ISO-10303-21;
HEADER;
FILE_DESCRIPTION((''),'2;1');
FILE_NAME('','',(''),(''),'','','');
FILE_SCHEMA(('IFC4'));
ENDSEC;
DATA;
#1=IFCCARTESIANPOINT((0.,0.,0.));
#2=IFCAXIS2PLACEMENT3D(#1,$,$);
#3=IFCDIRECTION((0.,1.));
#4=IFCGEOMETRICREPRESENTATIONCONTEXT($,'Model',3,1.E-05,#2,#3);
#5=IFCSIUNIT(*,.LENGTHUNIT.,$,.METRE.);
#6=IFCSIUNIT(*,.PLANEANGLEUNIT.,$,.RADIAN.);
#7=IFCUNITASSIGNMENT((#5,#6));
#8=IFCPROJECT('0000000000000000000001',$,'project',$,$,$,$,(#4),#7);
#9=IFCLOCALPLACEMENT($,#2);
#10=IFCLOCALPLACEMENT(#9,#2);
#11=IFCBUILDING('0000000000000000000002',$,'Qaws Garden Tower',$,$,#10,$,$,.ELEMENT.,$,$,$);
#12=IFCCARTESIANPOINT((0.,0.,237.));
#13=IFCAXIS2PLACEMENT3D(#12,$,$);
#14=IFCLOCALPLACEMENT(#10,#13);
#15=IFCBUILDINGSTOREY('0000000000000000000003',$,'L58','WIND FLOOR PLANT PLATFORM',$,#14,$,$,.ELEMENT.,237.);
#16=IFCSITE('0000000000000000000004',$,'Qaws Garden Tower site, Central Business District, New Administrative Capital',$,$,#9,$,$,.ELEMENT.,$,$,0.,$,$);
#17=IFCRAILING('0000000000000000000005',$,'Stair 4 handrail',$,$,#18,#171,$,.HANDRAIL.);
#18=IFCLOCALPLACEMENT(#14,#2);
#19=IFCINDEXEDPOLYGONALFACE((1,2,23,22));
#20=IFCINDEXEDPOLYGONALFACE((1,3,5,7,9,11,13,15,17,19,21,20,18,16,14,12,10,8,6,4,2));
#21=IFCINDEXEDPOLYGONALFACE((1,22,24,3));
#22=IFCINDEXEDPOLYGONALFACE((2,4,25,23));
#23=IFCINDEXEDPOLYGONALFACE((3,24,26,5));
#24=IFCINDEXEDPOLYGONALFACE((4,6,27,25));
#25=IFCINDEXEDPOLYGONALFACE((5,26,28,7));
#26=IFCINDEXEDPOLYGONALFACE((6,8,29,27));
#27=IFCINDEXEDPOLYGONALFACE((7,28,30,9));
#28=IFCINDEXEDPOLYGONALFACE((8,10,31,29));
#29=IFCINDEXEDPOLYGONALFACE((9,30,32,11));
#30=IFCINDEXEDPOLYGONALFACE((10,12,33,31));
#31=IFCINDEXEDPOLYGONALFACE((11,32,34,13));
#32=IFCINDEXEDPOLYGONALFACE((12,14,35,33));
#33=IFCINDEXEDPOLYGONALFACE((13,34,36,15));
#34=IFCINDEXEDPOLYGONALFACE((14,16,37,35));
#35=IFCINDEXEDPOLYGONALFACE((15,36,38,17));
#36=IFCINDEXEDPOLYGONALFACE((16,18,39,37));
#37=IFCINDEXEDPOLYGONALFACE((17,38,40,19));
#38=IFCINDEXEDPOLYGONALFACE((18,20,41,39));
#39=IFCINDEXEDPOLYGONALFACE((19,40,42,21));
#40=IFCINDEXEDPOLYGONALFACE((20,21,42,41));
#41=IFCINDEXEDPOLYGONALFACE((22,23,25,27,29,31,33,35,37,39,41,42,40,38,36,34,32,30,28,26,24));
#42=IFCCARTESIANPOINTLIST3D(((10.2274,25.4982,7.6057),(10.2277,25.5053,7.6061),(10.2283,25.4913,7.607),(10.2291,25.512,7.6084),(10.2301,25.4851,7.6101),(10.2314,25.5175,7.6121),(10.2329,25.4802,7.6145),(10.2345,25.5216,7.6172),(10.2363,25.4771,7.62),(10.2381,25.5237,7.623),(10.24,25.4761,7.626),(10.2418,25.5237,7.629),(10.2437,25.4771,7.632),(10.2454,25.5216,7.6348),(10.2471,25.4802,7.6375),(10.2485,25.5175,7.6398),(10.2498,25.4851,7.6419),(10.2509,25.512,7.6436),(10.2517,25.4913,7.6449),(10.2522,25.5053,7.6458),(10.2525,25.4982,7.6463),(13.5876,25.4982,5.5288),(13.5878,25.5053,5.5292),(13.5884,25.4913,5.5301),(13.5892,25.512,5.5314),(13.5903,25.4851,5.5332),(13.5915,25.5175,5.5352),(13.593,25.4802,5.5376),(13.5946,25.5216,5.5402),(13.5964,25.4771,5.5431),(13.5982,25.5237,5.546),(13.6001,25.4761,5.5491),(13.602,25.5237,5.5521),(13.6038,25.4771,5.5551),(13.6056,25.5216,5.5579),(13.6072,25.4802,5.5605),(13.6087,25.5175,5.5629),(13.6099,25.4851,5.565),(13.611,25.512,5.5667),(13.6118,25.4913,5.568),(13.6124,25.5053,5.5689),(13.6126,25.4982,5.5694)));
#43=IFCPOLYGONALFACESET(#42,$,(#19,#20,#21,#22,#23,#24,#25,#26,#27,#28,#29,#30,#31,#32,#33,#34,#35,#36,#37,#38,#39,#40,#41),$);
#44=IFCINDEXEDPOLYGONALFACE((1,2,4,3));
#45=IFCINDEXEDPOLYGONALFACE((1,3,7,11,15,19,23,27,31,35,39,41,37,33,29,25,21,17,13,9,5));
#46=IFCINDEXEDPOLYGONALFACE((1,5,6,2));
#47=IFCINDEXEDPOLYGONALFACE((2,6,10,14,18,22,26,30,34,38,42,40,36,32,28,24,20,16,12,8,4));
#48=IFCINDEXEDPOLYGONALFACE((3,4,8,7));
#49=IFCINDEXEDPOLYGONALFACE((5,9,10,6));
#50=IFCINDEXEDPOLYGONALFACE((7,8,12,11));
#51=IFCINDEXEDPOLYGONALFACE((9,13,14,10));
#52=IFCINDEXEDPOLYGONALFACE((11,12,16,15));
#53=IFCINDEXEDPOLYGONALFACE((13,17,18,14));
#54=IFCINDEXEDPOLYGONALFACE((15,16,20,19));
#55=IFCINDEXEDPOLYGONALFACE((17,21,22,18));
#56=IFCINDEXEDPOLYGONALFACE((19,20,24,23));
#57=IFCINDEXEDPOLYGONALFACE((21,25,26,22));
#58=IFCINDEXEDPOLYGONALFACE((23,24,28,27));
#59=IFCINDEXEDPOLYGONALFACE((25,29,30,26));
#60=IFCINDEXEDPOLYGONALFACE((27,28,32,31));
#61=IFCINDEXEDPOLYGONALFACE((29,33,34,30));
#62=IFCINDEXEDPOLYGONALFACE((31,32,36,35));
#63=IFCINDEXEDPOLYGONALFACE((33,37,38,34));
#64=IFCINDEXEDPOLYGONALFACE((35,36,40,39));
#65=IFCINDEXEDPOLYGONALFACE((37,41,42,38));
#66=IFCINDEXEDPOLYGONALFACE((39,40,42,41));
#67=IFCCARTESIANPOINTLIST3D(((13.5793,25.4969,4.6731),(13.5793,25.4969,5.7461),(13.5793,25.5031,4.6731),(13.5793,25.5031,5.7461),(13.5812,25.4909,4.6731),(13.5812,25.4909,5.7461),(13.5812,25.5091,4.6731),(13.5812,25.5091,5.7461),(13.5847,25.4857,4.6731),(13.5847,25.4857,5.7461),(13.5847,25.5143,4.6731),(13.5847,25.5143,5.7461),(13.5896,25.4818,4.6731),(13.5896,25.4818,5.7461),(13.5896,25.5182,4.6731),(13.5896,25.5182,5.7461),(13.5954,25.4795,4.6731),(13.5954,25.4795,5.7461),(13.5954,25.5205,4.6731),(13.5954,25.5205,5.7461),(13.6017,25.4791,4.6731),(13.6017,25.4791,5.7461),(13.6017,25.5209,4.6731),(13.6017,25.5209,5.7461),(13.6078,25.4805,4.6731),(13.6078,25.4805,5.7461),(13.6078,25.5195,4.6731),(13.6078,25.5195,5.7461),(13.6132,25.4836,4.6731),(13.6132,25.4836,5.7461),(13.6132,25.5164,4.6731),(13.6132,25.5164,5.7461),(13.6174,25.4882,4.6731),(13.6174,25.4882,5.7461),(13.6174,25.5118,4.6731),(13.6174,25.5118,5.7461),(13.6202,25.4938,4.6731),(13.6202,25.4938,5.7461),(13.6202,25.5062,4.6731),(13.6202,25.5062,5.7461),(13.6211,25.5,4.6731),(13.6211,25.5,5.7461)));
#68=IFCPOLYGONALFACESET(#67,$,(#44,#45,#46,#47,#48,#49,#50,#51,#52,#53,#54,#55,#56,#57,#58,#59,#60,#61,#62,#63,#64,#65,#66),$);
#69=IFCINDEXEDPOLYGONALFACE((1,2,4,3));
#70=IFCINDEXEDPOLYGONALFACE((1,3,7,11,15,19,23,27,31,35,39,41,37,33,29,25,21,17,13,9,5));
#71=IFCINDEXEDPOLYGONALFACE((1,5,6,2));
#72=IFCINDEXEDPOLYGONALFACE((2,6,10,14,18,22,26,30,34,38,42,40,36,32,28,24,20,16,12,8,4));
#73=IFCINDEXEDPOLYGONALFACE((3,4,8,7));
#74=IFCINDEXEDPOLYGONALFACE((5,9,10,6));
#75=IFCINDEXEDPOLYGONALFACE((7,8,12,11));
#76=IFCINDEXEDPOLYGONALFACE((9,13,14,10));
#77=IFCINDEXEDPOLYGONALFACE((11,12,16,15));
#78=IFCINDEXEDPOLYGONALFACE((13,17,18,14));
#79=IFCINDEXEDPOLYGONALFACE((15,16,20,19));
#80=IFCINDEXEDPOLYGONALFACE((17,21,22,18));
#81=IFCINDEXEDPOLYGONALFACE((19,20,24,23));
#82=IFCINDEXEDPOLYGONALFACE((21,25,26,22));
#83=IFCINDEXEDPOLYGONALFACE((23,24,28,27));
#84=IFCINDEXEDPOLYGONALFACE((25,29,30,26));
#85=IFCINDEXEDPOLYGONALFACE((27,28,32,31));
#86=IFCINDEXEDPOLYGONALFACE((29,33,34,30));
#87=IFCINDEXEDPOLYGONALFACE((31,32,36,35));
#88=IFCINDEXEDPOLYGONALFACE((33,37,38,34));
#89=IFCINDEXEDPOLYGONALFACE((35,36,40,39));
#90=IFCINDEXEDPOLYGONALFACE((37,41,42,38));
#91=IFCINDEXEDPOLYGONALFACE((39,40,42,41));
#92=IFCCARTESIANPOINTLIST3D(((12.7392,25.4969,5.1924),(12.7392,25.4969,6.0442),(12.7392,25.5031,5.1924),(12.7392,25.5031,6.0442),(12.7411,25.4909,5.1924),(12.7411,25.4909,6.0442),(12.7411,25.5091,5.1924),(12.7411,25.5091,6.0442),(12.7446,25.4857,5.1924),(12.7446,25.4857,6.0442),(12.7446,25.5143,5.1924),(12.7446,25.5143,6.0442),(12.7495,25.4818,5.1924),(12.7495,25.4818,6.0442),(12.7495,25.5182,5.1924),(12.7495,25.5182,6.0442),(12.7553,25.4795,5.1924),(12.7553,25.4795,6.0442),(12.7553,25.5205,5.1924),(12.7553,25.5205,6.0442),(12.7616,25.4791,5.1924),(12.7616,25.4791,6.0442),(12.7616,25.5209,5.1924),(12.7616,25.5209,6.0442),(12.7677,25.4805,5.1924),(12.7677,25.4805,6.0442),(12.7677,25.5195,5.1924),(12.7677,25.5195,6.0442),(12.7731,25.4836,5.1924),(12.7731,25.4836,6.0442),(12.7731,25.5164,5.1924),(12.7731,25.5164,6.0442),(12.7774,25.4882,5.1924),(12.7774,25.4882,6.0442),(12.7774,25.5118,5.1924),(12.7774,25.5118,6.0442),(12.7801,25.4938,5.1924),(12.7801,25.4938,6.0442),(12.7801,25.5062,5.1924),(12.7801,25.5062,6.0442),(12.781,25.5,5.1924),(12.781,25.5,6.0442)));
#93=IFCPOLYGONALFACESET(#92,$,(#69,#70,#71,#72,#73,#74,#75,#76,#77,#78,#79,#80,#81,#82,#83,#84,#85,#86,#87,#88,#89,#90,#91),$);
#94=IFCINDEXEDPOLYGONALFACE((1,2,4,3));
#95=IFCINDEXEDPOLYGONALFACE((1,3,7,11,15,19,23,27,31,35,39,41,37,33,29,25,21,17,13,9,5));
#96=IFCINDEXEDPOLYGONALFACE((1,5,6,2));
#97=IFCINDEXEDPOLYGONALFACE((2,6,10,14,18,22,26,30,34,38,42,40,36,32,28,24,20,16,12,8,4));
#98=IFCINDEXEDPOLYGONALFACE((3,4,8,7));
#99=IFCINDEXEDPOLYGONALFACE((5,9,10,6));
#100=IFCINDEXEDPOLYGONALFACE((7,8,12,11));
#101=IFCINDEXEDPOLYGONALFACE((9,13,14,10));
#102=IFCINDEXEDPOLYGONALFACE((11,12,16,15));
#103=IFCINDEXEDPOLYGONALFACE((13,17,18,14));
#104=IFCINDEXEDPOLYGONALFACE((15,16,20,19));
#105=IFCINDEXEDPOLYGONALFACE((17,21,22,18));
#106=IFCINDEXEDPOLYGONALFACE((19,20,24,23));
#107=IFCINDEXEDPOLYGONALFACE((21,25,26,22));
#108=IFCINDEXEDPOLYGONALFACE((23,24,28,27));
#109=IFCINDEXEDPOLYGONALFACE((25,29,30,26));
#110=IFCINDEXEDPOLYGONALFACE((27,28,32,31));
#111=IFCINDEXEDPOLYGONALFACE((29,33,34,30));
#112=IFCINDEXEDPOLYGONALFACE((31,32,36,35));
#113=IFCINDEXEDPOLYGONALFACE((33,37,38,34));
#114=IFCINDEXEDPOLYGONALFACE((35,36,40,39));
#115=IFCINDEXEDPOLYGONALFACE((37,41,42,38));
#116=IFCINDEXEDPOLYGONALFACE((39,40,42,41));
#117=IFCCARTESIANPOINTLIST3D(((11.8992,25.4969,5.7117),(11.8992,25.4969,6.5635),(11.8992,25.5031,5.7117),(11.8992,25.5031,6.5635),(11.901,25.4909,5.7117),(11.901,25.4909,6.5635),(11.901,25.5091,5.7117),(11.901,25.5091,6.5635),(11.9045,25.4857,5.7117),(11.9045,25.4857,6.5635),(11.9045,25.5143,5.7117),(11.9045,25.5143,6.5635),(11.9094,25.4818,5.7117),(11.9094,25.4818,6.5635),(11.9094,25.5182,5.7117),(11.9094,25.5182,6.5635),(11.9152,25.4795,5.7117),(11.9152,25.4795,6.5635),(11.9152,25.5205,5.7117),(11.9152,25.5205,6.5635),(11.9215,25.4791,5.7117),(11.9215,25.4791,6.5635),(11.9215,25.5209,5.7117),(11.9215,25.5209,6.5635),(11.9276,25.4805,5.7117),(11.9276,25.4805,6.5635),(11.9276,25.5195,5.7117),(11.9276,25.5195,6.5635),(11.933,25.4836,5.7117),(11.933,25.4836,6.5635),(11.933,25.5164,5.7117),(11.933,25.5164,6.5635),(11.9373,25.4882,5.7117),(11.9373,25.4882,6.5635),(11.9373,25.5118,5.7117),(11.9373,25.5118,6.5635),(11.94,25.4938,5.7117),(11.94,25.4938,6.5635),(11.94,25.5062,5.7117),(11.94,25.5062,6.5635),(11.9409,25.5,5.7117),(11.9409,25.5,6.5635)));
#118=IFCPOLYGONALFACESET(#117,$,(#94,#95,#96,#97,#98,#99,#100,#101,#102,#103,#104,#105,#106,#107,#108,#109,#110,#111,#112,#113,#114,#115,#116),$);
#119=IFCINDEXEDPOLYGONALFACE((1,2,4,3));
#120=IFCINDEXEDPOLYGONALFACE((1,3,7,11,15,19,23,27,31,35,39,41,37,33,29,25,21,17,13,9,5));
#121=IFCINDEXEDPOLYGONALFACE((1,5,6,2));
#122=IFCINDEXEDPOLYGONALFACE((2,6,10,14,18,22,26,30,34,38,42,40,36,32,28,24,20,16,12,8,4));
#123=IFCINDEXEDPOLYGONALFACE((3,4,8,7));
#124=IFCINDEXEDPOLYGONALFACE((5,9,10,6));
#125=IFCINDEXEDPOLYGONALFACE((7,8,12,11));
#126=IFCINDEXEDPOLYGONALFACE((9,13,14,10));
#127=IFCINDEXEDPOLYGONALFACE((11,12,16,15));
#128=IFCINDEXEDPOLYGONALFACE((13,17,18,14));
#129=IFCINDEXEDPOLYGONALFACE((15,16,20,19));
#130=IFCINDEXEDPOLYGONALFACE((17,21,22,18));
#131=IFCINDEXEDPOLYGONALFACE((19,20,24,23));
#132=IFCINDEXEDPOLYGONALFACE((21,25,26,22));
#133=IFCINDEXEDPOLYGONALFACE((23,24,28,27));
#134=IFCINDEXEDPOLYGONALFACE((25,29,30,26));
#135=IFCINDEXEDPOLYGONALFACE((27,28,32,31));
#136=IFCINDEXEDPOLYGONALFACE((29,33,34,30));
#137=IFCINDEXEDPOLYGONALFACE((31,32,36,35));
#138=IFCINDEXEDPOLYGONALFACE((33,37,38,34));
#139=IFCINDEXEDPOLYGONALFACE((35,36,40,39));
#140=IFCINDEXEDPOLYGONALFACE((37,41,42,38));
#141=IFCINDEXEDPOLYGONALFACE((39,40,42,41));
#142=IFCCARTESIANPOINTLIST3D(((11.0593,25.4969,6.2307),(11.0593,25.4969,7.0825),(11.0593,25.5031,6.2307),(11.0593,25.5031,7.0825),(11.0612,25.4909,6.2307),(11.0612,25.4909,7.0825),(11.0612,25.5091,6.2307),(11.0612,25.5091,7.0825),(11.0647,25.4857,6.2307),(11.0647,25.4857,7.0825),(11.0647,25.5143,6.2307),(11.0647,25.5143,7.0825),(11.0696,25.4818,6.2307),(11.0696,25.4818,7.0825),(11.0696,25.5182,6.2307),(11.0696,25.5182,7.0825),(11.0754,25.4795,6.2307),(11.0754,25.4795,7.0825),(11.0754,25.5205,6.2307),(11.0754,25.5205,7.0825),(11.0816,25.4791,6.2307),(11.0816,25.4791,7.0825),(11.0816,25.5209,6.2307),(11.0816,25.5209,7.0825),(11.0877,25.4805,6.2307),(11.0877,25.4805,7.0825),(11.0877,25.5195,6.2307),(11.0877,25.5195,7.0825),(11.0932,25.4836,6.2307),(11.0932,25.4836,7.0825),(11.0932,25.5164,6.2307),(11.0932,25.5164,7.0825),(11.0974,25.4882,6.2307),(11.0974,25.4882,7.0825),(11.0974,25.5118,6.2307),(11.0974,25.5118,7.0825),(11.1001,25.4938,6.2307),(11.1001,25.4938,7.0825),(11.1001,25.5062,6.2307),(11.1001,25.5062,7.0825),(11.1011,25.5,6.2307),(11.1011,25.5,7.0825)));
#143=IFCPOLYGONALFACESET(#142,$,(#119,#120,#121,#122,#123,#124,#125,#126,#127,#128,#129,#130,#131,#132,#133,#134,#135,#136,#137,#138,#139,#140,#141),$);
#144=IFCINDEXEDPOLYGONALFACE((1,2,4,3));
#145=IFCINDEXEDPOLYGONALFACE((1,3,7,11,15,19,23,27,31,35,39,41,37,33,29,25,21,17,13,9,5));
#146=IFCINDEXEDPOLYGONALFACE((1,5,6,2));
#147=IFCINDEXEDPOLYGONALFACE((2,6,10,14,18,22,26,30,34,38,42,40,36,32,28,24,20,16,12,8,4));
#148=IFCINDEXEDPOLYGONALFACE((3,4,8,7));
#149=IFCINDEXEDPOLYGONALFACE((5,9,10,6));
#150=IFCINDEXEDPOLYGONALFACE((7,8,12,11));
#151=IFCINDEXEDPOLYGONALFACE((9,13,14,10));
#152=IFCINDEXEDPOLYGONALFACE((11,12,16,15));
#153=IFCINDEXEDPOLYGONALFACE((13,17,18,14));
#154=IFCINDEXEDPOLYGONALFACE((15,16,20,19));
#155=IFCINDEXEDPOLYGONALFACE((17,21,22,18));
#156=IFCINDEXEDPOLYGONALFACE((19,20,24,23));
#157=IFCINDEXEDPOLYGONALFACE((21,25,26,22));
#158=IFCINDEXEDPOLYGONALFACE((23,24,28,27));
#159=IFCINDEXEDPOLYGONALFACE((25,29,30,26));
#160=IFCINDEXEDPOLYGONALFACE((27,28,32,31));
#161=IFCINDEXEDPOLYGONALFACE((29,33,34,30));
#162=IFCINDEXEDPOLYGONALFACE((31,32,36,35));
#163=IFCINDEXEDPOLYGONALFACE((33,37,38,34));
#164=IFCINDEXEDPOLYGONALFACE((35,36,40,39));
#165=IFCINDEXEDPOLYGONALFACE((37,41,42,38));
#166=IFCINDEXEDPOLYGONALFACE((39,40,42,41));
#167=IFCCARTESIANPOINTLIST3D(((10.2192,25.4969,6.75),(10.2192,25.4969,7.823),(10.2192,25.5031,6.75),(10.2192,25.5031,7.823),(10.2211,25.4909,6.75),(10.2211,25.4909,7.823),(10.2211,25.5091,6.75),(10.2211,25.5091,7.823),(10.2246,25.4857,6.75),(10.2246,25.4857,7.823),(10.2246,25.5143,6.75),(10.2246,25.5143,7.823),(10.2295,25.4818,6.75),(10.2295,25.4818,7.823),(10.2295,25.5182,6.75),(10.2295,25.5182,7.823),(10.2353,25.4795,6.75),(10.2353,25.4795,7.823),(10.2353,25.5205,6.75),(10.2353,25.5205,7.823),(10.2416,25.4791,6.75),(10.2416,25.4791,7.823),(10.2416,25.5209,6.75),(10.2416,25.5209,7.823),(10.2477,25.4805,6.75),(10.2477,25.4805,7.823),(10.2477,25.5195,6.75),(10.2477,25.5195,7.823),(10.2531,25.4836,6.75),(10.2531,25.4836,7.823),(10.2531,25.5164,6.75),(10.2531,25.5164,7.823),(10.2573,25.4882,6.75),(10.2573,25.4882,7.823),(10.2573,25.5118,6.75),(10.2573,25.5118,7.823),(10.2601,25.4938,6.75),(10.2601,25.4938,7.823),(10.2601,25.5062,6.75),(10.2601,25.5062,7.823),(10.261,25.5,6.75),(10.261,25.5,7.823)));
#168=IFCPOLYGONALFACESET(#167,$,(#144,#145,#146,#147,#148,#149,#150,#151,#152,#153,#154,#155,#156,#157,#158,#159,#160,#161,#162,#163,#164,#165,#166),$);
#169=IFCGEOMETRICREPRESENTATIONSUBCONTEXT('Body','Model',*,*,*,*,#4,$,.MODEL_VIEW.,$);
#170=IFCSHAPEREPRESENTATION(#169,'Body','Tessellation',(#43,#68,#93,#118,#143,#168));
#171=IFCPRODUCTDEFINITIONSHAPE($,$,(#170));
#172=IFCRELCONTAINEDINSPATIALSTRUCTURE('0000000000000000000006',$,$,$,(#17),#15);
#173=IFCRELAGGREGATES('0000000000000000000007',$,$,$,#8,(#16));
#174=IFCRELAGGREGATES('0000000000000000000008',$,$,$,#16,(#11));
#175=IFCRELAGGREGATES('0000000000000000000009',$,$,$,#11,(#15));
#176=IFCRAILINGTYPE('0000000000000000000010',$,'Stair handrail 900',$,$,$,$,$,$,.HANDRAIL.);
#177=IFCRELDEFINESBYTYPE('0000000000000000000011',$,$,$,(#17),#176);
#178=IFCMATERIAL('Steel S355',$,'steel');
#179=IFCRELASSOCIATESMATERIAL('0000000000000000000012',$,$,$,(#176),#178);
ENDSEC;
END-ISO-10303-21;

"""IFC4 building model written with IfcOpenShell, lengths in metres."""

from ifc_helpers import new_model, si_unit, direction, frame, origin, origin_2d, place, context, subcontext, project, spatial, circle, extrude, material, type_object, element, save


model = new_model("IFC4")

# Units and contexts
model_context = context("Model", 3, precision=1e-05, world=origin(), true_north=direction((0.0, 1.0)))
body_context = subcontext(model_context, "Body", "Model", "MODEL_VIEW")
ifc_project = project(units=[si_unit("LENGTHUNIT", "METRE"), si_unit("PLANEANGLEUNIT", "RADIAN")], contexts=[model_context])

# Site, building, storey
site_placement = place(None, origin())
site = spatial("IfcSite", under=ifc_project, at=site_placement, Name="Qaws Garden Tower site, Central Business District, New Administrative Capital", CompositionType="ELEMENT", RefElevation=0.0)
building_placement = place(site_placement, origin())
building = spatial("IfcBuilding", under=site, at=building_placement, Name="Qaws Garden Tower", CompositionType="ELEMENT")
storey_placement = place(building_placement, frame((0.0, 0.0, 237.0)))
storey = spatial("IfcBuildingStorey", under=building, at=storey_placement, Name="L58", Description="WIND FLOOR PLANT PLATFORM", CompositionType="ELEMENT", Elevation=237.0)

# Railing
ifc_material_1 = material(Name="Steel S355", Category="steel")
railing_type_1 = type_object("IfcRailingType", Name="Stair handrail 900", PredefinedType="HANDRAIL", material=ifc_material_1)
railing_1_placement = place(storey_placement, frame((13.6001, 25.5, 4.6731)))
element("IfcRailing", 1, at=railing_1_placement, inside=storey, type_object=railing_type_1, Name="Stair 4 handrail", PredefinedType="HANDRAIL", context=body_context, shape_type="SweptSolid", body=[
    extrude(circle(Radius=0.0239, at=origin_2d()), frame((0.0, 0.0, 0.876), z_axis=(-0.850623, 0.0, 0.525776), x_axis=(0.0, -1.0, 0.0)), (0.0, 0.0, 1.0), 3.9502),
    extrude(circle(Radius=0.021, at=origin_2d()), origin(), (0.0, 0.0, 1.0), 1.073),
    extrude(circle(Radius=0.021, at=origin_2d()), frame((-0.8401, 0.0, 0.5193)), (0.0, 0.0, 1.0), 0.8518),
    extrude(circle(Radius=0.021, at=origin_2d()), frame((-1.6802, 0.0, 1.0386)), (0.0, 0.0, 1.0), 0.8518),
    extrude(circle(Radius=0.021, at=origin_2d()), frame((-2.52, 0.0, 1.5576)), (0.0, 0.0, 1.0), 0.8518),
    extrude(circle(Radius=0.021, at=origin_2d()), frame((-3.3601, 0.0, 2.0769)), (0.0, 0.0, 1.0), 1.073),
])

save(model, "model.ifc")
